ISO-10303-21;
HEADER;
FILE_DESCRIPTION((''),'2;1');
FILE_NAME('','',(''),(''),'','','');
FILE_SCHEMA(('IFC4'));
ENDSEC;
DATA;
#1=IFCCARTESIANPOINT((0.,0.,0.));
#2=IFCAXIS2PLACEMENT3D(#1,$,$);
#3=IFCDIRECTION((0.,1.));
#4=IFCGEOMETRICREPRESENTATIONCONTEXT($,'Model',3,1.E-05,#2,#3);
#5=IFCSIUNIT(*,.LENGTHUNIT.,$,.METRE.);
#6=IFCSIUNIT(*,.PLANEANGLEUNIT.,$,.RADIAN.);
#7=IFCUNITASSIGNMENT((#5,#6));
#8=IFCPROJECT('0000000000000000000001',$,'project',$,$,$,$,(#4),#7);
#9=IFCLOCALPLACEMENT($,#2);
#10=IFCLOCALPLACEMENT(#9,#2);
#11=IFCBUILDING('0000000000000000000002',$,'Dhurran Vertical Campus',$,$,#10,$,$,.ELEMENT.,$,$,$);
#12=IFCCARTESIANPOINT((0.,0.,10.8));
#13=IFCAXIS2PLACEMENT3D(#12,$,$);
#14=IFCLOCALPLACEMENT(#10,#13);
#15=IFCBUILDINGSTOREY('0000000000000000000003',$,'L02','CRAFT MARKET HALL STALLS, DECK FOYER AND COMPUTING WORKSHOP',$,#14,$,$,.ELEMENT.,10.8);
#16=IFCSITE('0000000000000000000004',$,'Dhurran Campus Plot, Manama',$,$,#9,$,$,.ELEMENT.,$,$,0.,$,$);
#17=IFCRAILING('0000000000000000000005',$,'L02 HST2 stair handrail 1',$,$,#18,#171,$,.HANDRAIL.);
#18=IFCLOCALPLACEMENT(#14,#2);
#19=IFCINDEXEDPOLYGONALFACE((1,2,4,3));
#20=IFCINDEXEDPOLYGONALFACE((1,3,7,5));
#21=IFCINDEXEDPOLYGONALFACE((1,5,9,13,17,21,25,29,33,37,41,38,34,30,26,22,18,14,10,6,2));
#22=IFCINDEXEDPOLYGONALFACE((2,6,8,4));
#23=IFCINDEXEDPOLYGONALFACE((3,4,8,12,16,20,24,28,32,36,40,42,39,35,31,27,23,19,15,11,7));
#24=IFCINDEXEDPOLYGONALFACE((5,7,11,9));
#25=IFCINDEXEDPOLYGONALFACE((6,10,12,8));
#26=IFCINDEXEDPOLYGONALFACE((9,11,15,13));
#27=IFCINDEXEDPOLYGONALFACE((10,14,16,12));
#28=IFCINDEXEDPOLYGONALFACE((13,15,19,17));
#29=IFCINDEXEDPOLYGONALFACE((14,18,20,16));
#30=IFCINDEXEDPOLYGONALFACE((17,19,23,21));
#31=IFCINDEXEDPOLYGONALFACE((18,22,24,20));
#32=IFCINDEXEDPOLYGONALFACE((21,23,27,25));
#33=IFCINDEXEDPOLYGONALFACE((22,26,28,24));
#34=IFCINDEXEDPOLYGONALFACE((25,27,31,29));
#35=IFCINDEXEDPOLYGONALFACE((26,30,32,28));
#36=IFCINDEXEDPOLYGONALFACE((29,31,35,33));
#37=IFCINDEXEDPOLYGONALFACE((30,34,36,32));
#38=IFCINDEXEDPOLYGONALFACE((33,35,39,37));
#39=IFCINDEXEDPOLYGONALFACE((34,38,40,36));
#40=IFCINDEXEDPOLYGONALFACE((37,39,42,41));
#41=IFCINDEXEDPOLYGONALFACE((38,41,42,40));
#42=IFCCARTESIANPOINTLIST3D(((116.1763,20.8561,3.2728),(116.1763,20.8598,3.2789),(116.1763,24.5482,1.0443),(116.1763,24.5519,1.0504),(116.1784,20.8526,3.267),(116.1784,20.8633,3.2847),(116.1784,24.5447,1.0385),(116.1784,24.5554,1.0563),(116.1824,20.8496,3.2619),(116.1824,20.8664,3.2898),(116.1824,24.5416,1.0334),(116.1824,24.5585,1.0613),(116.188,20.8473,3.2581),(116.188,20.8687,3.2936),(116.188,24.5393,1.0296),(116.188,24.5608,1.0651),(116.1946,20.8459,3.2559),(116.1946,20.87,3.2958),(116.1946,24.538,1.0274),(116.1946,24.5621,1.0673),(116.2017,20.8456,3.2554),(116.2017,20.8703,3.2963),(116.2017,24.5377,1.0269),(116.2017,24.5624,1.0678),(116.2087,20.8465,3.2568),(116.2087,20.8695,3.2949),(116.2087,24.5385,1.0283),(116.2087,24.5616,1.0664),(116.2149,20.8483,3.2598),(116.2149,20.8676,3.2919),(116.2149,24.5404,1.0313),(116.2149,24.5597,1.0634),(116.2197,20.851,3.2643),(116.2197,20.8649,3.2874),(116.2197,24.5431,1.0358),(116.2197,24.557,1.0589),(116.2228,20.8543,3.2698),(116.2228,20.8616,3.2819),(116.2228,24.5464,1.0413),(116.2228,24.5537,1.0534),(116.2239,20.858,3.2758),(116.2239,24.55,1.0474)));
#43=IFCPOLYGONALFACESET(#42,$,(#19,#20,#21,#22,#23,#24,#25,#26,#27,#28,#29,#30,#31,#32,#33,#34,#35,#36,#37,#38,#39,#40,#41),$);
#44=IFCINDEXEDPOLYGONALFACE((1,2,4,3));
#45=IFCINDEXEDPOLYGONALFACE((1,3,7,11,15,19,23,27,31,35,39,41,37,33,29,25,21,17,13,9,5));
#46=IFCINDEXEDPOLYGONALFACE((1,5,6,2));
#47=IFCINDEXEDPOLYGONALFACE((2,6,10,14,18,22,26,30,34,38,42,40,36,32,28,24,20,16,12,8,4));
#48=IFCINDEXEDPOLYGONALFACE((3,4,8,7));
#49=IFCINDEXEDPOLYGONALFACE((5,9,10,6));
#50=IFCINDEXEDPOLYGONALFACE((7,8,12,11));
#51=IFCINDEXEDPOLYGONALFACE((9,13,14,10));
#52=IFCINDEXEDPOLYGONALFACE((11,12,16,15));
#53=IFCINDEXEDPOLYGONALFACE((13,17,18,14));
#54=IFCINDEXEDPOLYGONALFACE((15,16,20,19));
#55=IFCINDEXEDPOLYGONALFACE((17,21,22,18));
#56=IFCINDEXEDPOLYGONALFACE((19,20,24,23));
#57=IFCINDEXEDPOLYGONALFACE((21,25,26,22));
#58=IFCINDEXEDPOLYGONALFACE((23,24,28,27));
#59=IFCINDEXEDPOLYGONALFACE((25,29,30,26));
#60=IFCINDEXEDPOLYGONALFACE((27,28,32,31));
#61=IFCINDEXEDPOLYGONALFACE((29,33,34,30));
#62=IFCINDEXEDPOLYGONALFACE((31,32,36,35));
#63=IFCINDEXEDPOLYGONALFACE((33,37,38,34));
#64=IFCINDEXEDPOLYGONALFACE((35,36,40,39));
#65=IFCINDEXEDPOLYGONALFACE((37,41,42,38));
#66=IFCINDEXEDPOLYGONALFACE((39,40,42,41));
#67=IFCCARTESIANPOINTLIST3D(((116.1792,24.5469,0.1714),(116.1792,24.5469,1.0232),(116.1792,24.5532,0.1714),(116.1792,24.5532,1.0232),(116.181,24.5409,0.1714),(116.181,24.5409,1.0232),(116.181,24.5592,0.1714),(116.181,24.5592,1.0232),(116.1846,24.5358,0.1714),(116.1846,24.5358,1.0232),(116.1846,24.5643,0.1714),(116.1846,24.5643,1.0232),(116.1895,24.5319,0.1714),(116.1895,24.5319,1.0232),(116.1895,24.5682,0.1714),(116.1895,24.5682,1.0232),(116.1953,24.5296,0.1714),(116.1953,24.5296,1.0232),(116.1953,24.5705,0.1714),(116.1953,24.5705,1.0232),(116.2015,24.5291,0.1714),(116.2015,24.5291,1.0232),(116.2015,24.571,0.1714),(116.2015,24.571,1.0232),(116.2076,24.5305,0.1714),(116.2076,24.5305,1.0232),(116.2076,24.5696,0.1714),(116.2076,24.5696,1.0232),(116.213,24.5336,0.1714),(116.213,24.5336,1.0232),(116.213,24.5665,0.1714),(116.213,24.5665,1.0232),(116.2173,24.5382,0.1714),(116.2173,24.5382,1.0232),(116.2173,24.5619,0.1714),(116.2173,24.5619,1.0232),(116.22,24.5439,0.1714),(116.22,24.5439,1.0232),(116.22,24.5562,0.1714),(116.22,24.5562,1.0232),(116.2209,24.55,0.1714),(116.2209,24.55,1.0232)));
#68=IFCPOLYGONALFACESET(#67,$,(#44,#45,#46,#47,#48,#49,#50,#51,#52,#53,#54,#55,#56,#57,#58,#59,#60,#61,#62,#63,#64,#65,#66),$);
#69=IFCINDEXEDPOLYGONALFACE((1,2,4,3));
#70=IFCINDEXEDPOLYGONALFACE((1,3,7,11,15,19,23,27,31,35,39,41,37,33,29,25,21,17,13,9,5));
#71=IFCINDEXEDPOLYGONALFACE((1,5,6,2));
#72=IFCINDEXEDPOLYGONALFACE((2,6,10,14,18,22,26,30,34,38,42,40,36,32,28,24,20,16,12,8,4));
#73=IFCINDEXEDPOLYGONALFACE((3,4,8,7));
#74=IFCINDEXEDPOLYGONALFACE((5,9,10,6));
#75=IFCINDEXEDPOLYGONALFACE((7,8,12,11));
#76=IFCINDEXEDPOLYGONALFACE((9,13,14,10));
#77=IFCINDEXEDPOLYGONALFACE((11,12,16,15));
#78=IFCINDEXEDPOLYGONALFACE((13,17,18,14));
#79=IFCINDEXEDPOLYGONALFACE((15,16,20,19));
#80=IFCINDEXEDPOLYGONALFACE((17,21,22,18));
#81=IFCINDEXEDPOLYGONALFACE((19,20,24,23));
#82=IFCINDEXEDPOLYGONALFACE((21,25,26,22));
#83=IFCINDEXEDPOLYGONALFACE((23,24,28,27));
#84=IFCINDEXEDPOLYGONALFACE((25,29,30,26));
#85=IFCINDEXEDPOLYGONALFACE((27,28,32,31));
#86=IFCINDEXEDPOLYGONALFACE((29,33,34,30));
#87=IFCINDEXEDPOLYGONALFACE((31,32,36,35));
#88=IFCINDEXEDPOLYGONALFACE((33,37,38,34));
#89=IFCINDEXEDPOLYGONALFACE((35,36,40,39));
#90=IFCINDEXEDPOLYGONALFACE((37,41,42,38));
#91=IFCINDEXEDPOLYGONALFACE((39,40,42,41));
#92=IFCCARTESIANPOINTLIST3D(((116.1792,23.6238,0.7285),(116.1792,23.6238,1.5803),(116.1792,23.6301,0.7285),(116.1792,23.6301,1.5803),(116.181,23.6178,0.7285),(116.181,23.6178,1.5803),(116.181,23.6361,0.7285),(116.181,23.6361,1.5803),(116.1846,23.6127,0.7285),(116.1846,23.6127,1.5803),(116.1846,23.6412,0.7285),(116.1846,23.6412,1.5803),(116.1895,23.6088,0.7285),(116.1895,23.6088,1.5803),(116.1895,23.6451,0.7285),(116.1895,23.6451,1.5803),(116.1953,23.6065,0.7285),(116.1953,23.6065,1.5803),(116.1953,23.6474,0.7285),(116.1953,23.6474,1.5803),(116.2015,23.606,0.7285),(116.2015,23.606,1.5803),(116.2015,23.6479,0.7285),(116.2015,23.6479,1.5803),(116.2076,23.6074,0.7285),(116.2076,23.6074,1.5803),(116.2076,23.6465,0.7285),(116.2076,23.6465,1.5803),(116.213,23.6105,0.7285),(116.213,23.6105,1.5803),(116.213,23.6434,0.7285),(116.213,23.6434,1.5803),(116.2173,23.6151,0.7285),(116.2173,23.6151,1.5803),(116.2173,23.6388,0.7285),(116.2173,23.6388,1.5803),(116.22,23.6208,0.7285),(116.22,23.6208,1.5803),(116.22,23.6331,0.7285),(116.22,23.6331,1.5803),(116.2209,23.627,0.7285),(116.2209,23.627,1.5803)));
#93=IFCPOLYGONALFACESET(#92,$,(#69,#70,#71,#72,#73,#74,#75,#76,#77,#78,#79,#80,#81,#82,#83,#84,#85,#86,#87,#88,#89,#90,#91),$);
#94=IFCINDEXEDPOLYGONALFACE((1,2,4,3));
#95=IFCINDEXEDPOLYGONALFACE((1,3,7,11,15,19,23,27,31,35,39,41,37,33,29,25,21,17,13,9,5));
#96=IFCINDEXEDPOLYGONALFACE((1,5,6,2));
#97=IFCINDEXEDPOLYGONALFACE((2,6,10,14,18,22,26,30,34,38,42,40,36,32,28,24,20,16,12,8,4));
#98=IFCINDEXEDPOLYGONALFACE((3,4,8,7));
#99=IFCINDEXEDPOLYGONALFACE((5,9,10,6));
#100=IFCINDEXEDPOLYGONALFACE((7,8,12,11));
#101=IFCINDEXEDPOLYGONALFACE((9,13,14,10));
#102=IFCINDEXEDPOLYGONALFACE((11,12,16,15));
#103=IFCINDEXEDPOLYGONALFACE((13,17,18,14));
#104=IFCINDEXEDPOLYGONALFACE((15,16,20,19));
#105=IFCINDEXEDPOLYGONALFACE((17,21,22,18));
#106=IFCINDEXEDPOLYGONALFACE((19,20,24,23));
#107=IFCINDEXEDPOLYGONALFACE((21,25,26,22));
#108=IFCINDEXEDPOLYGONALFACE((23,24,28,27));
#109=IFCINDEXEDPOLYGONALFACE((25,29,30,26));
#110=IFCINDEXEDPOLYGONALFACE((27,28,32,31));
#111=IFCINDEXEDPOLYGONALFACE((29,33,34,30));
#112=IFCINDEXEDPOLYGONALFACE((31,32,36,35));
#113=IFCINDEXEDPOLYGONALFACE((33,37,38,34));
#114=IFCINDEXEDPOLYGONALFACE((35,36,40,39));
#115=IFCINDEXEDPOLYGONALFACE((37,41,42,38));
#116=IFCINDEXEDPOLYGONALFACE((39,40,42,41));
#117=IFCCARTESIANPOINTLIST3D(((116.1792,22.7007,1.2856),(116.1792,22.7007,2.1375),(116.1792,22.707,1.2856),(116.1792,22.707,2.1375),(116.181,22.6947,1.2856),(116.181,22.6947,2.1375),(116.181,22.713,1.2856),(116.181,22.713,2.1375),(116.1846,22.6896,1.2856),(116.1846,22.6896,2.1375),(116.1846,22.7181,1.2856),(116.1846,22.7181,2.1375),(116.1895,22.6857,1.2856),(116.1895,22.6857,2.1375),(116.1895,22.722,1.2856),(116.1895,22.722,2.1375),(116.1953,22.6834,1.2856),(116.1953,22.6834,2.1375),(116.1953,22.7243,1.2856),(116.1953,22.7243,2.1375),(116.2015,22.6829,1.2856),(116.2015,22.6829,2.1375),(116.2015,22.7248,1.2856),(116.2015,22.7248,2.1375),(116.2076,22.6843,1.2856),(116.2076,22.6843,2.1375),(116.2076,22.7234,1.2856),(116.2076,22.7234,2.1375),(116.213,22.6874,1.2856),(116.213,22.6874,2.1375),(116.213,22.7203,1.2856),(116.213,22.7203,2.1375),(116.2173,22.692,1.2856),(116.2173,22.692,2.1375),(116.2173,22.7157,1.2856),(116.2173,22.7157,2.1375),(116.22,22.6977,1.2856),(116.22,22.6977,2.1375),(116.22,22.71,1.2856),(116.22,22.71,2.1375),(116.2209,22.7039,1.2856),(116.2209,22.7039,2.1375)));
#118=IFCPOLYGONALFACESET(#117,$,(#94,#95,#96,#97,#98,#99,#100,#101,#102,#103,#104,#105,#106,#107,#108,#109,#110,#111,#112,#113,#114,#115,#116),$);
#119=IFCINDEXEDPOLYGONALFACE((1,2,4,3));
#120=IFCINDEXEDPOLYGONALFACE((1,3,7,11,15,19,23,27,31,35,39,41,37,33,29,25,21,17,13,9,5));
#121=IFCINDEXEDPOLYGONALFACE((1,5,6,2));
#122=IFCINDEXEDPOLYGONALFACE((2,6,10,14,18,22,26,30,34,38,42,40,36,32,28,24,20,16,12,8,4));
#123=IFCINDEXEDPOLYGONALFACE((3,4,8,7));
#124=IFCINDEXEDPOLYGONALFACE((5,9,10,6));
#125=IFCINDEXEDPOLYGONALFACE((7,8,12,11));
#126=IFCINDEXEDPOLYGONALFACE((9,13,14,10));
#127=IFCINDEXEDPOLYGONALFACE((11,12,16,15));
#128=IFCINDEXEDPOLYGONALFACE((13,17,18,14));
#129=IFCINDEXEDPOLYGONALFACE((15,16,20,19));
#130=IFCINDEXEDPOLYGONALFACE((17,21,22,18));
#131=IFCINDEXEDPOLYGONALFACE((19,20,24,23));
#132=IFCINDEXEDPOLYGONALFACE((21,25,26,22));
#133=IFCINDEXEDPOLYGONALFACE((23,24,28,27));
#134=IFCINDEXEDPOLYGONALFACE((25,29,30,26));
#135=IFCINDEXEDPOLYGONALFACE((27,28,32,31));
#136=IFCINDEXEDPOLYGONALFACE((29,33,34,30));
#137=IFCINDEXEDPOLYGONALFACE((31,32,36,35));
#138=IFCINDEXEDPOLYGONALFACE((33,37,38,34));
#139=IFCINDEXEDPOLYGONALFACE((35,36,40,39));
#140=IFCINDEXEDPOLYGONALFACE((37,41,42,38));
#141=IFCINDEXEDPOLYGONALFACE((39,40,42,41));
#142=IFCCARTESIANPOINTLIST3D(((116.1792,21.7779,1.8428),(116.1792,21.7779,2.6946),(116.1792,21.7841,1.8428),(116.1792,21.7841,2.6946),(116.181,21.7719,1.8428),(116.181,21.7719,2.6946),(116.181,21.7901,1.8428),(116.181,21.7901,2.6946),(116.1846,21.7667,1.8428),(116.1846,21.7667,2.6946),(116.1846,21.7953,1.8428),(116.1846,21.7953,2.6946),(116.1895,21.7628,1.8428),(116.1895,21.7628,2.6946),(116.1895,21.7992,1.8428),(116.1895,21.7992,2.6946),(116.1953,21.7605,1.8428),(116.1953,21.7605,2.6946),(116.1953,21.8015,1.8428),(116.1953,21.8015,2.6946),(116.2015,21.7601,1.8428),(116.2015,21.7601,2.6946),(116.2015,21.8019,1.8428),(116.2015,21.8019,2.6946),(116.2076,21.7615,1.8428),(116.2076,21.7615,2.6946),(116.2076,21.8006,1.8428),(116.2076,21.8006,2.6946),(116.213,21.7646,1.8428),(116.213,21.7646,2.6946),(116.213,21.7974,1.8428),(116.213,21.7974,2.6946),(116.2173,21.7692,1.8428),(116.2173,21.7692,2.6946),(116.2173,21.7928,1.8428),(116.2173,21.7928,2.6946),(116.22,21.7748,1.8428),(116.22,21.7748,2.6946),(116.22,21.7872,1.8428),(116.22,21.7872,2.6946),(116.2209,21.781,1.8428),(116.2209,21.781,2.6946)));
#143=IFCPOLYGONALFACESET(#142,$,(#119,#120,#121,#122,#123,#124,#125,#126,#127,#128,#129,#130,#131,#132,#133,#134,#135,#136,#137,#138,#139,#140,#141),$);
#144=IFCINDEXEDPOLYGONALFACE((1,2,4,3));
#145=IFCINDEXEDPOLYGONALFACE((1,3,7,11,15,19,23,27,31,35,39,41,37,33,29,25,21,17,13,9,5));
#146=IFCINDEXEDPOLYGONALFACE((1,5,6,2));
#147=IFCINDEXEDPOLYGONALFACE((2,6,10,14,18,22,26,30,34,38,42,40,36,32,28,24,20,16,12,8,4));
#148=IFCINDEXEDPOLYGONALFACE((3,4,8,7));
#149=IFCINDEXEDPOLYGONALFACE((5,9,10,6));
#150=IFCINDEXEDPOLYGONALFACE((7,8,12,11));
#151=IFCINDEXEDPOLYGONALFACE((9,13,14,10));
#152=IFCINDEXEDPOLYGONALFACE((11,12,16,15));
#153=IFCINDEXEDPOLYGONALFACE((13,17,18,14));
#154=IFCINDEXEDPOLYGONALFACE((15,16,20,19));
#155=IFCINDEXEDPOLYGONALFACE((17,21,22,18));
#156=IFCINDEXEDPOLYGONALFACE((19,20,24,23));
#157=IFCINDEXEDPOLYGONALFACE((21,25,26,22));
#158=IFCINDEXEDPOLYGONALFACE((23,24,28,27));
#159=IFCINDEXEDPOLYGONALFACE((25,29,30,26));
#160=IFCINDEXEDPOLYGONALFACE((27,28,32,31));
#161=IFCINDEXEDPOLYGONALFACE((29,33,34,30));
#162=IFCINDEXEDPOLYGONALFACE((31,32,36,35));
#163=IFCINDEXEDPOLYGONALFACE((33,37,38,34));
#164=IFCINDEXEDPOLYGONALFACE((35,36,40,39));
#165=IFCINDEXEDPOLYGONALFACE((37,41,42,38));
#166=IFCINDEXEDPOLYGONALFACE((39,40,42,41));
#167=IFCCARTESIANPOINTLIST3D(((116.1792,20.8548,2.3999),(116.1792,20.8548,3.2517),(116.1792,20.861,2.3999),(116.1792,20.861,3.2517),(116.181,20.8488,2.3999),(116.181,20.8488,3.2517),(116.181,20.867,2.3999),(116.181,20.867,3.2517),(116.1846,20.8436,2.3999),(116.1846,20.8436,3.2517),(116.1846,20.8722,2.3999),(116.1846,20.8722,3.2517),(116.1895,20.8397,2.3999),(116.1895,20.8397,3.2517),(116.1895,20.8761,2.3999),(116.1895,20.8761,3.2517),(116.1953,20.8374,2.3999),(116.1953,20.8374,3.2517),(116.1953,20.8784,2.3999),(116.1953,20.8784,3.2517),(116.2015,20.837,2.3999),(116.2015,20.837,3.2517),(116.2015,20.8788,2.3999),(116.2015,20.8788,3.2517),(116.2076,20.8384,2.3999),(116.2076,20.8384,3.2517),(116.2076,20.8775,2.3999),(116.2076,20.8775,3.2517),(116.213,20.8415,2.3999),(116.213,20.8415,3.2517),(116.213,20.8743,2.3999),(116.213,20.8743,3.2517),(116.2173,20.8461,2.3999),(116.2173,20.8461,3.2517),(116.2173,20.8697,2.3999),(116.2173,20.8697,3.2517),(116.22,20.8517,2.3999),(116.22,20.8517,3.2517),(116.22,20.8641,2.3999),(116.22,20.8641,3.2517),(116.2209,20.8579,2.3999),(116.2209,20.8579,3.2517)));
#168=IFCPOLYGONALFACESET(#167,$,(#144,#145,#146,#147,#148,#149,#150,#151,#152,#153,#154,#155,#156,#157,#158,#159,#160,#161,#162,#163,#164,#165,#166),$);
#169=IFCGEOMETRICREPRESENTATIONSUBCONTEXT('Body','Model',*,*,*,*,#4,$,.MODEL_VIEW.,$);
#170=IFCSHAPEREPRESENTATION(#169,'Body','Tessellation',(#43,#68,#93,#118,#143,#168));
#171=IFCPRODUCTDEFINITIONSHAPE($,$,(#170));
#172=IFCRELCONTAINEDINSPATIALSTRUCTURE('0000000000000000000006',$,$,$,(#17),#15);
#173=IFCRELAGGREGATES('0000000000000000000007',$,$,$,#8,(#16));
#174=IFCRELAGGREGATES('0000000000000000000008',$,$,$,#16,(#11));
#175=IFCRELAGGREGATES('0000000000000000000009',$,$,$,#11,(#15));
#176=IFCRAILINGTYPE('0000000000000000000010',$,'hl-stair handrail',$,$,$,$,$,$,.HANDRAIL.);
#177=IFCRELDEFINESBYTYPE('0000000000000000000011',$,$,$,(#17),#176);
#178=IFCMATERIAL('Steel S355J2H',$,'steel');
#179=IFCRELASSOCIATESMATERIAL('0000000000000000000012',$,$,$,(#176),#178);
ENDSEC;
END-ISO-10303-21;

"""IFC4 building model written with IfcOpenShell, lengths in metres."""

from ifc_helpers import new_model, si_unit, direction, frame, origin, origin_2d, place, context, subcontext, project, spatial, circle, extrude, material, type_object, element, save


model = new_model("IFC4")

# Units and contexts
model_context = context("Model", 3, precision=1e-05, world=origin(), true_north=direction((0.0, 1.0)))
body_context = subcontext(model_context, "Body", "Model", "MODEL_VIEW")
ifc_project = project(units=[si_unit("LENGTHUNIT", "METRE"), si_unit("PLANEANGLEUNIT", "RADIAN")], contexts=[model_context])

# Site, building, storey
site_placement = place(None, origin())
site = spatial("IfcSite", under=ifc_project, at=site_placement, Name="Dhurran Campus Plot, Manama", CompositionType="ELEMENT", RefElevation=0.0)
building_placement = place(site_placement, origin())
building = spatial("IfcBuilding", under=site, at=building_placement, Name="Dhurran Vertical Campus", CompositionType="ELEMENT")
storey_placement = place(building_placement, frame((0.0, 0.0, 10.8)))
storey = spatial("IfcBuildingStorey", under=building, at=storey_placement, Name="L02", Description="CRAFT MARKET HALL STALLS, DECK FOYER AND COMPUTING WORKSHOP", CompositionType="ELEMENT", Elevation=10.8)

# Railing
ifc_material_1 = material(Name="Steel S355J2H", Category="steel")
railing_type_1 = type_object("IfcRailingType", Name="hl-stair handrail", PredefinedType="HANDRAIL", material=ifc_material_1)
railing_1_placement = place(storey_placement, frame((116.2, 24.55, 0.1714)))
element("IfcRailing", 1, at=railing_1_placement, inside=storey, type_object=railing_type_1, Name="L02 HST2 stair handrail 1", PredefinedType="HANDRAIL", context=body_context, shape_type="SweptSolid", body=[
    extrude(circle(Radius=0.0239, at=origin_2d()), frame((0.0, 0.0, 0.876), z_axis=(0.0, -0.856136, 0.51675), x_axis=(1.0, 0.0, 0.0)), (0.0, 0.0, 1.0), 4.3125),
    extrude(circle(Radius=0.021, at=origin_2d()), origin(), (0.0, 0.0, 1.0), 0.8518),
    extrude(circle(Radius=0.021, at=origin_2d()), frame((0.0, -0.9231, 0.5571)), (0.0, 0.0, 1.0), 0.8518),
    extrude(circle(Radius=0.021, at=origin_2d()), frame((0.0, -1.8462, 1.1143)), (0.0, 0.0, 1.0), 0.8518),
    extrude(circle(Radius=0.021, at=origin_2d()), frame((0.0, -2.769, 1.6714)), (0.0, 0.0, 1.0), 0.8518),
    extrude(circle(Radius=0.021, at=origin_2d()), frame((0.0, -3.6921, 2.2285)), (0.0, 0.0, 1.0), 0.8518),
])

save(model, "model.ifc")
